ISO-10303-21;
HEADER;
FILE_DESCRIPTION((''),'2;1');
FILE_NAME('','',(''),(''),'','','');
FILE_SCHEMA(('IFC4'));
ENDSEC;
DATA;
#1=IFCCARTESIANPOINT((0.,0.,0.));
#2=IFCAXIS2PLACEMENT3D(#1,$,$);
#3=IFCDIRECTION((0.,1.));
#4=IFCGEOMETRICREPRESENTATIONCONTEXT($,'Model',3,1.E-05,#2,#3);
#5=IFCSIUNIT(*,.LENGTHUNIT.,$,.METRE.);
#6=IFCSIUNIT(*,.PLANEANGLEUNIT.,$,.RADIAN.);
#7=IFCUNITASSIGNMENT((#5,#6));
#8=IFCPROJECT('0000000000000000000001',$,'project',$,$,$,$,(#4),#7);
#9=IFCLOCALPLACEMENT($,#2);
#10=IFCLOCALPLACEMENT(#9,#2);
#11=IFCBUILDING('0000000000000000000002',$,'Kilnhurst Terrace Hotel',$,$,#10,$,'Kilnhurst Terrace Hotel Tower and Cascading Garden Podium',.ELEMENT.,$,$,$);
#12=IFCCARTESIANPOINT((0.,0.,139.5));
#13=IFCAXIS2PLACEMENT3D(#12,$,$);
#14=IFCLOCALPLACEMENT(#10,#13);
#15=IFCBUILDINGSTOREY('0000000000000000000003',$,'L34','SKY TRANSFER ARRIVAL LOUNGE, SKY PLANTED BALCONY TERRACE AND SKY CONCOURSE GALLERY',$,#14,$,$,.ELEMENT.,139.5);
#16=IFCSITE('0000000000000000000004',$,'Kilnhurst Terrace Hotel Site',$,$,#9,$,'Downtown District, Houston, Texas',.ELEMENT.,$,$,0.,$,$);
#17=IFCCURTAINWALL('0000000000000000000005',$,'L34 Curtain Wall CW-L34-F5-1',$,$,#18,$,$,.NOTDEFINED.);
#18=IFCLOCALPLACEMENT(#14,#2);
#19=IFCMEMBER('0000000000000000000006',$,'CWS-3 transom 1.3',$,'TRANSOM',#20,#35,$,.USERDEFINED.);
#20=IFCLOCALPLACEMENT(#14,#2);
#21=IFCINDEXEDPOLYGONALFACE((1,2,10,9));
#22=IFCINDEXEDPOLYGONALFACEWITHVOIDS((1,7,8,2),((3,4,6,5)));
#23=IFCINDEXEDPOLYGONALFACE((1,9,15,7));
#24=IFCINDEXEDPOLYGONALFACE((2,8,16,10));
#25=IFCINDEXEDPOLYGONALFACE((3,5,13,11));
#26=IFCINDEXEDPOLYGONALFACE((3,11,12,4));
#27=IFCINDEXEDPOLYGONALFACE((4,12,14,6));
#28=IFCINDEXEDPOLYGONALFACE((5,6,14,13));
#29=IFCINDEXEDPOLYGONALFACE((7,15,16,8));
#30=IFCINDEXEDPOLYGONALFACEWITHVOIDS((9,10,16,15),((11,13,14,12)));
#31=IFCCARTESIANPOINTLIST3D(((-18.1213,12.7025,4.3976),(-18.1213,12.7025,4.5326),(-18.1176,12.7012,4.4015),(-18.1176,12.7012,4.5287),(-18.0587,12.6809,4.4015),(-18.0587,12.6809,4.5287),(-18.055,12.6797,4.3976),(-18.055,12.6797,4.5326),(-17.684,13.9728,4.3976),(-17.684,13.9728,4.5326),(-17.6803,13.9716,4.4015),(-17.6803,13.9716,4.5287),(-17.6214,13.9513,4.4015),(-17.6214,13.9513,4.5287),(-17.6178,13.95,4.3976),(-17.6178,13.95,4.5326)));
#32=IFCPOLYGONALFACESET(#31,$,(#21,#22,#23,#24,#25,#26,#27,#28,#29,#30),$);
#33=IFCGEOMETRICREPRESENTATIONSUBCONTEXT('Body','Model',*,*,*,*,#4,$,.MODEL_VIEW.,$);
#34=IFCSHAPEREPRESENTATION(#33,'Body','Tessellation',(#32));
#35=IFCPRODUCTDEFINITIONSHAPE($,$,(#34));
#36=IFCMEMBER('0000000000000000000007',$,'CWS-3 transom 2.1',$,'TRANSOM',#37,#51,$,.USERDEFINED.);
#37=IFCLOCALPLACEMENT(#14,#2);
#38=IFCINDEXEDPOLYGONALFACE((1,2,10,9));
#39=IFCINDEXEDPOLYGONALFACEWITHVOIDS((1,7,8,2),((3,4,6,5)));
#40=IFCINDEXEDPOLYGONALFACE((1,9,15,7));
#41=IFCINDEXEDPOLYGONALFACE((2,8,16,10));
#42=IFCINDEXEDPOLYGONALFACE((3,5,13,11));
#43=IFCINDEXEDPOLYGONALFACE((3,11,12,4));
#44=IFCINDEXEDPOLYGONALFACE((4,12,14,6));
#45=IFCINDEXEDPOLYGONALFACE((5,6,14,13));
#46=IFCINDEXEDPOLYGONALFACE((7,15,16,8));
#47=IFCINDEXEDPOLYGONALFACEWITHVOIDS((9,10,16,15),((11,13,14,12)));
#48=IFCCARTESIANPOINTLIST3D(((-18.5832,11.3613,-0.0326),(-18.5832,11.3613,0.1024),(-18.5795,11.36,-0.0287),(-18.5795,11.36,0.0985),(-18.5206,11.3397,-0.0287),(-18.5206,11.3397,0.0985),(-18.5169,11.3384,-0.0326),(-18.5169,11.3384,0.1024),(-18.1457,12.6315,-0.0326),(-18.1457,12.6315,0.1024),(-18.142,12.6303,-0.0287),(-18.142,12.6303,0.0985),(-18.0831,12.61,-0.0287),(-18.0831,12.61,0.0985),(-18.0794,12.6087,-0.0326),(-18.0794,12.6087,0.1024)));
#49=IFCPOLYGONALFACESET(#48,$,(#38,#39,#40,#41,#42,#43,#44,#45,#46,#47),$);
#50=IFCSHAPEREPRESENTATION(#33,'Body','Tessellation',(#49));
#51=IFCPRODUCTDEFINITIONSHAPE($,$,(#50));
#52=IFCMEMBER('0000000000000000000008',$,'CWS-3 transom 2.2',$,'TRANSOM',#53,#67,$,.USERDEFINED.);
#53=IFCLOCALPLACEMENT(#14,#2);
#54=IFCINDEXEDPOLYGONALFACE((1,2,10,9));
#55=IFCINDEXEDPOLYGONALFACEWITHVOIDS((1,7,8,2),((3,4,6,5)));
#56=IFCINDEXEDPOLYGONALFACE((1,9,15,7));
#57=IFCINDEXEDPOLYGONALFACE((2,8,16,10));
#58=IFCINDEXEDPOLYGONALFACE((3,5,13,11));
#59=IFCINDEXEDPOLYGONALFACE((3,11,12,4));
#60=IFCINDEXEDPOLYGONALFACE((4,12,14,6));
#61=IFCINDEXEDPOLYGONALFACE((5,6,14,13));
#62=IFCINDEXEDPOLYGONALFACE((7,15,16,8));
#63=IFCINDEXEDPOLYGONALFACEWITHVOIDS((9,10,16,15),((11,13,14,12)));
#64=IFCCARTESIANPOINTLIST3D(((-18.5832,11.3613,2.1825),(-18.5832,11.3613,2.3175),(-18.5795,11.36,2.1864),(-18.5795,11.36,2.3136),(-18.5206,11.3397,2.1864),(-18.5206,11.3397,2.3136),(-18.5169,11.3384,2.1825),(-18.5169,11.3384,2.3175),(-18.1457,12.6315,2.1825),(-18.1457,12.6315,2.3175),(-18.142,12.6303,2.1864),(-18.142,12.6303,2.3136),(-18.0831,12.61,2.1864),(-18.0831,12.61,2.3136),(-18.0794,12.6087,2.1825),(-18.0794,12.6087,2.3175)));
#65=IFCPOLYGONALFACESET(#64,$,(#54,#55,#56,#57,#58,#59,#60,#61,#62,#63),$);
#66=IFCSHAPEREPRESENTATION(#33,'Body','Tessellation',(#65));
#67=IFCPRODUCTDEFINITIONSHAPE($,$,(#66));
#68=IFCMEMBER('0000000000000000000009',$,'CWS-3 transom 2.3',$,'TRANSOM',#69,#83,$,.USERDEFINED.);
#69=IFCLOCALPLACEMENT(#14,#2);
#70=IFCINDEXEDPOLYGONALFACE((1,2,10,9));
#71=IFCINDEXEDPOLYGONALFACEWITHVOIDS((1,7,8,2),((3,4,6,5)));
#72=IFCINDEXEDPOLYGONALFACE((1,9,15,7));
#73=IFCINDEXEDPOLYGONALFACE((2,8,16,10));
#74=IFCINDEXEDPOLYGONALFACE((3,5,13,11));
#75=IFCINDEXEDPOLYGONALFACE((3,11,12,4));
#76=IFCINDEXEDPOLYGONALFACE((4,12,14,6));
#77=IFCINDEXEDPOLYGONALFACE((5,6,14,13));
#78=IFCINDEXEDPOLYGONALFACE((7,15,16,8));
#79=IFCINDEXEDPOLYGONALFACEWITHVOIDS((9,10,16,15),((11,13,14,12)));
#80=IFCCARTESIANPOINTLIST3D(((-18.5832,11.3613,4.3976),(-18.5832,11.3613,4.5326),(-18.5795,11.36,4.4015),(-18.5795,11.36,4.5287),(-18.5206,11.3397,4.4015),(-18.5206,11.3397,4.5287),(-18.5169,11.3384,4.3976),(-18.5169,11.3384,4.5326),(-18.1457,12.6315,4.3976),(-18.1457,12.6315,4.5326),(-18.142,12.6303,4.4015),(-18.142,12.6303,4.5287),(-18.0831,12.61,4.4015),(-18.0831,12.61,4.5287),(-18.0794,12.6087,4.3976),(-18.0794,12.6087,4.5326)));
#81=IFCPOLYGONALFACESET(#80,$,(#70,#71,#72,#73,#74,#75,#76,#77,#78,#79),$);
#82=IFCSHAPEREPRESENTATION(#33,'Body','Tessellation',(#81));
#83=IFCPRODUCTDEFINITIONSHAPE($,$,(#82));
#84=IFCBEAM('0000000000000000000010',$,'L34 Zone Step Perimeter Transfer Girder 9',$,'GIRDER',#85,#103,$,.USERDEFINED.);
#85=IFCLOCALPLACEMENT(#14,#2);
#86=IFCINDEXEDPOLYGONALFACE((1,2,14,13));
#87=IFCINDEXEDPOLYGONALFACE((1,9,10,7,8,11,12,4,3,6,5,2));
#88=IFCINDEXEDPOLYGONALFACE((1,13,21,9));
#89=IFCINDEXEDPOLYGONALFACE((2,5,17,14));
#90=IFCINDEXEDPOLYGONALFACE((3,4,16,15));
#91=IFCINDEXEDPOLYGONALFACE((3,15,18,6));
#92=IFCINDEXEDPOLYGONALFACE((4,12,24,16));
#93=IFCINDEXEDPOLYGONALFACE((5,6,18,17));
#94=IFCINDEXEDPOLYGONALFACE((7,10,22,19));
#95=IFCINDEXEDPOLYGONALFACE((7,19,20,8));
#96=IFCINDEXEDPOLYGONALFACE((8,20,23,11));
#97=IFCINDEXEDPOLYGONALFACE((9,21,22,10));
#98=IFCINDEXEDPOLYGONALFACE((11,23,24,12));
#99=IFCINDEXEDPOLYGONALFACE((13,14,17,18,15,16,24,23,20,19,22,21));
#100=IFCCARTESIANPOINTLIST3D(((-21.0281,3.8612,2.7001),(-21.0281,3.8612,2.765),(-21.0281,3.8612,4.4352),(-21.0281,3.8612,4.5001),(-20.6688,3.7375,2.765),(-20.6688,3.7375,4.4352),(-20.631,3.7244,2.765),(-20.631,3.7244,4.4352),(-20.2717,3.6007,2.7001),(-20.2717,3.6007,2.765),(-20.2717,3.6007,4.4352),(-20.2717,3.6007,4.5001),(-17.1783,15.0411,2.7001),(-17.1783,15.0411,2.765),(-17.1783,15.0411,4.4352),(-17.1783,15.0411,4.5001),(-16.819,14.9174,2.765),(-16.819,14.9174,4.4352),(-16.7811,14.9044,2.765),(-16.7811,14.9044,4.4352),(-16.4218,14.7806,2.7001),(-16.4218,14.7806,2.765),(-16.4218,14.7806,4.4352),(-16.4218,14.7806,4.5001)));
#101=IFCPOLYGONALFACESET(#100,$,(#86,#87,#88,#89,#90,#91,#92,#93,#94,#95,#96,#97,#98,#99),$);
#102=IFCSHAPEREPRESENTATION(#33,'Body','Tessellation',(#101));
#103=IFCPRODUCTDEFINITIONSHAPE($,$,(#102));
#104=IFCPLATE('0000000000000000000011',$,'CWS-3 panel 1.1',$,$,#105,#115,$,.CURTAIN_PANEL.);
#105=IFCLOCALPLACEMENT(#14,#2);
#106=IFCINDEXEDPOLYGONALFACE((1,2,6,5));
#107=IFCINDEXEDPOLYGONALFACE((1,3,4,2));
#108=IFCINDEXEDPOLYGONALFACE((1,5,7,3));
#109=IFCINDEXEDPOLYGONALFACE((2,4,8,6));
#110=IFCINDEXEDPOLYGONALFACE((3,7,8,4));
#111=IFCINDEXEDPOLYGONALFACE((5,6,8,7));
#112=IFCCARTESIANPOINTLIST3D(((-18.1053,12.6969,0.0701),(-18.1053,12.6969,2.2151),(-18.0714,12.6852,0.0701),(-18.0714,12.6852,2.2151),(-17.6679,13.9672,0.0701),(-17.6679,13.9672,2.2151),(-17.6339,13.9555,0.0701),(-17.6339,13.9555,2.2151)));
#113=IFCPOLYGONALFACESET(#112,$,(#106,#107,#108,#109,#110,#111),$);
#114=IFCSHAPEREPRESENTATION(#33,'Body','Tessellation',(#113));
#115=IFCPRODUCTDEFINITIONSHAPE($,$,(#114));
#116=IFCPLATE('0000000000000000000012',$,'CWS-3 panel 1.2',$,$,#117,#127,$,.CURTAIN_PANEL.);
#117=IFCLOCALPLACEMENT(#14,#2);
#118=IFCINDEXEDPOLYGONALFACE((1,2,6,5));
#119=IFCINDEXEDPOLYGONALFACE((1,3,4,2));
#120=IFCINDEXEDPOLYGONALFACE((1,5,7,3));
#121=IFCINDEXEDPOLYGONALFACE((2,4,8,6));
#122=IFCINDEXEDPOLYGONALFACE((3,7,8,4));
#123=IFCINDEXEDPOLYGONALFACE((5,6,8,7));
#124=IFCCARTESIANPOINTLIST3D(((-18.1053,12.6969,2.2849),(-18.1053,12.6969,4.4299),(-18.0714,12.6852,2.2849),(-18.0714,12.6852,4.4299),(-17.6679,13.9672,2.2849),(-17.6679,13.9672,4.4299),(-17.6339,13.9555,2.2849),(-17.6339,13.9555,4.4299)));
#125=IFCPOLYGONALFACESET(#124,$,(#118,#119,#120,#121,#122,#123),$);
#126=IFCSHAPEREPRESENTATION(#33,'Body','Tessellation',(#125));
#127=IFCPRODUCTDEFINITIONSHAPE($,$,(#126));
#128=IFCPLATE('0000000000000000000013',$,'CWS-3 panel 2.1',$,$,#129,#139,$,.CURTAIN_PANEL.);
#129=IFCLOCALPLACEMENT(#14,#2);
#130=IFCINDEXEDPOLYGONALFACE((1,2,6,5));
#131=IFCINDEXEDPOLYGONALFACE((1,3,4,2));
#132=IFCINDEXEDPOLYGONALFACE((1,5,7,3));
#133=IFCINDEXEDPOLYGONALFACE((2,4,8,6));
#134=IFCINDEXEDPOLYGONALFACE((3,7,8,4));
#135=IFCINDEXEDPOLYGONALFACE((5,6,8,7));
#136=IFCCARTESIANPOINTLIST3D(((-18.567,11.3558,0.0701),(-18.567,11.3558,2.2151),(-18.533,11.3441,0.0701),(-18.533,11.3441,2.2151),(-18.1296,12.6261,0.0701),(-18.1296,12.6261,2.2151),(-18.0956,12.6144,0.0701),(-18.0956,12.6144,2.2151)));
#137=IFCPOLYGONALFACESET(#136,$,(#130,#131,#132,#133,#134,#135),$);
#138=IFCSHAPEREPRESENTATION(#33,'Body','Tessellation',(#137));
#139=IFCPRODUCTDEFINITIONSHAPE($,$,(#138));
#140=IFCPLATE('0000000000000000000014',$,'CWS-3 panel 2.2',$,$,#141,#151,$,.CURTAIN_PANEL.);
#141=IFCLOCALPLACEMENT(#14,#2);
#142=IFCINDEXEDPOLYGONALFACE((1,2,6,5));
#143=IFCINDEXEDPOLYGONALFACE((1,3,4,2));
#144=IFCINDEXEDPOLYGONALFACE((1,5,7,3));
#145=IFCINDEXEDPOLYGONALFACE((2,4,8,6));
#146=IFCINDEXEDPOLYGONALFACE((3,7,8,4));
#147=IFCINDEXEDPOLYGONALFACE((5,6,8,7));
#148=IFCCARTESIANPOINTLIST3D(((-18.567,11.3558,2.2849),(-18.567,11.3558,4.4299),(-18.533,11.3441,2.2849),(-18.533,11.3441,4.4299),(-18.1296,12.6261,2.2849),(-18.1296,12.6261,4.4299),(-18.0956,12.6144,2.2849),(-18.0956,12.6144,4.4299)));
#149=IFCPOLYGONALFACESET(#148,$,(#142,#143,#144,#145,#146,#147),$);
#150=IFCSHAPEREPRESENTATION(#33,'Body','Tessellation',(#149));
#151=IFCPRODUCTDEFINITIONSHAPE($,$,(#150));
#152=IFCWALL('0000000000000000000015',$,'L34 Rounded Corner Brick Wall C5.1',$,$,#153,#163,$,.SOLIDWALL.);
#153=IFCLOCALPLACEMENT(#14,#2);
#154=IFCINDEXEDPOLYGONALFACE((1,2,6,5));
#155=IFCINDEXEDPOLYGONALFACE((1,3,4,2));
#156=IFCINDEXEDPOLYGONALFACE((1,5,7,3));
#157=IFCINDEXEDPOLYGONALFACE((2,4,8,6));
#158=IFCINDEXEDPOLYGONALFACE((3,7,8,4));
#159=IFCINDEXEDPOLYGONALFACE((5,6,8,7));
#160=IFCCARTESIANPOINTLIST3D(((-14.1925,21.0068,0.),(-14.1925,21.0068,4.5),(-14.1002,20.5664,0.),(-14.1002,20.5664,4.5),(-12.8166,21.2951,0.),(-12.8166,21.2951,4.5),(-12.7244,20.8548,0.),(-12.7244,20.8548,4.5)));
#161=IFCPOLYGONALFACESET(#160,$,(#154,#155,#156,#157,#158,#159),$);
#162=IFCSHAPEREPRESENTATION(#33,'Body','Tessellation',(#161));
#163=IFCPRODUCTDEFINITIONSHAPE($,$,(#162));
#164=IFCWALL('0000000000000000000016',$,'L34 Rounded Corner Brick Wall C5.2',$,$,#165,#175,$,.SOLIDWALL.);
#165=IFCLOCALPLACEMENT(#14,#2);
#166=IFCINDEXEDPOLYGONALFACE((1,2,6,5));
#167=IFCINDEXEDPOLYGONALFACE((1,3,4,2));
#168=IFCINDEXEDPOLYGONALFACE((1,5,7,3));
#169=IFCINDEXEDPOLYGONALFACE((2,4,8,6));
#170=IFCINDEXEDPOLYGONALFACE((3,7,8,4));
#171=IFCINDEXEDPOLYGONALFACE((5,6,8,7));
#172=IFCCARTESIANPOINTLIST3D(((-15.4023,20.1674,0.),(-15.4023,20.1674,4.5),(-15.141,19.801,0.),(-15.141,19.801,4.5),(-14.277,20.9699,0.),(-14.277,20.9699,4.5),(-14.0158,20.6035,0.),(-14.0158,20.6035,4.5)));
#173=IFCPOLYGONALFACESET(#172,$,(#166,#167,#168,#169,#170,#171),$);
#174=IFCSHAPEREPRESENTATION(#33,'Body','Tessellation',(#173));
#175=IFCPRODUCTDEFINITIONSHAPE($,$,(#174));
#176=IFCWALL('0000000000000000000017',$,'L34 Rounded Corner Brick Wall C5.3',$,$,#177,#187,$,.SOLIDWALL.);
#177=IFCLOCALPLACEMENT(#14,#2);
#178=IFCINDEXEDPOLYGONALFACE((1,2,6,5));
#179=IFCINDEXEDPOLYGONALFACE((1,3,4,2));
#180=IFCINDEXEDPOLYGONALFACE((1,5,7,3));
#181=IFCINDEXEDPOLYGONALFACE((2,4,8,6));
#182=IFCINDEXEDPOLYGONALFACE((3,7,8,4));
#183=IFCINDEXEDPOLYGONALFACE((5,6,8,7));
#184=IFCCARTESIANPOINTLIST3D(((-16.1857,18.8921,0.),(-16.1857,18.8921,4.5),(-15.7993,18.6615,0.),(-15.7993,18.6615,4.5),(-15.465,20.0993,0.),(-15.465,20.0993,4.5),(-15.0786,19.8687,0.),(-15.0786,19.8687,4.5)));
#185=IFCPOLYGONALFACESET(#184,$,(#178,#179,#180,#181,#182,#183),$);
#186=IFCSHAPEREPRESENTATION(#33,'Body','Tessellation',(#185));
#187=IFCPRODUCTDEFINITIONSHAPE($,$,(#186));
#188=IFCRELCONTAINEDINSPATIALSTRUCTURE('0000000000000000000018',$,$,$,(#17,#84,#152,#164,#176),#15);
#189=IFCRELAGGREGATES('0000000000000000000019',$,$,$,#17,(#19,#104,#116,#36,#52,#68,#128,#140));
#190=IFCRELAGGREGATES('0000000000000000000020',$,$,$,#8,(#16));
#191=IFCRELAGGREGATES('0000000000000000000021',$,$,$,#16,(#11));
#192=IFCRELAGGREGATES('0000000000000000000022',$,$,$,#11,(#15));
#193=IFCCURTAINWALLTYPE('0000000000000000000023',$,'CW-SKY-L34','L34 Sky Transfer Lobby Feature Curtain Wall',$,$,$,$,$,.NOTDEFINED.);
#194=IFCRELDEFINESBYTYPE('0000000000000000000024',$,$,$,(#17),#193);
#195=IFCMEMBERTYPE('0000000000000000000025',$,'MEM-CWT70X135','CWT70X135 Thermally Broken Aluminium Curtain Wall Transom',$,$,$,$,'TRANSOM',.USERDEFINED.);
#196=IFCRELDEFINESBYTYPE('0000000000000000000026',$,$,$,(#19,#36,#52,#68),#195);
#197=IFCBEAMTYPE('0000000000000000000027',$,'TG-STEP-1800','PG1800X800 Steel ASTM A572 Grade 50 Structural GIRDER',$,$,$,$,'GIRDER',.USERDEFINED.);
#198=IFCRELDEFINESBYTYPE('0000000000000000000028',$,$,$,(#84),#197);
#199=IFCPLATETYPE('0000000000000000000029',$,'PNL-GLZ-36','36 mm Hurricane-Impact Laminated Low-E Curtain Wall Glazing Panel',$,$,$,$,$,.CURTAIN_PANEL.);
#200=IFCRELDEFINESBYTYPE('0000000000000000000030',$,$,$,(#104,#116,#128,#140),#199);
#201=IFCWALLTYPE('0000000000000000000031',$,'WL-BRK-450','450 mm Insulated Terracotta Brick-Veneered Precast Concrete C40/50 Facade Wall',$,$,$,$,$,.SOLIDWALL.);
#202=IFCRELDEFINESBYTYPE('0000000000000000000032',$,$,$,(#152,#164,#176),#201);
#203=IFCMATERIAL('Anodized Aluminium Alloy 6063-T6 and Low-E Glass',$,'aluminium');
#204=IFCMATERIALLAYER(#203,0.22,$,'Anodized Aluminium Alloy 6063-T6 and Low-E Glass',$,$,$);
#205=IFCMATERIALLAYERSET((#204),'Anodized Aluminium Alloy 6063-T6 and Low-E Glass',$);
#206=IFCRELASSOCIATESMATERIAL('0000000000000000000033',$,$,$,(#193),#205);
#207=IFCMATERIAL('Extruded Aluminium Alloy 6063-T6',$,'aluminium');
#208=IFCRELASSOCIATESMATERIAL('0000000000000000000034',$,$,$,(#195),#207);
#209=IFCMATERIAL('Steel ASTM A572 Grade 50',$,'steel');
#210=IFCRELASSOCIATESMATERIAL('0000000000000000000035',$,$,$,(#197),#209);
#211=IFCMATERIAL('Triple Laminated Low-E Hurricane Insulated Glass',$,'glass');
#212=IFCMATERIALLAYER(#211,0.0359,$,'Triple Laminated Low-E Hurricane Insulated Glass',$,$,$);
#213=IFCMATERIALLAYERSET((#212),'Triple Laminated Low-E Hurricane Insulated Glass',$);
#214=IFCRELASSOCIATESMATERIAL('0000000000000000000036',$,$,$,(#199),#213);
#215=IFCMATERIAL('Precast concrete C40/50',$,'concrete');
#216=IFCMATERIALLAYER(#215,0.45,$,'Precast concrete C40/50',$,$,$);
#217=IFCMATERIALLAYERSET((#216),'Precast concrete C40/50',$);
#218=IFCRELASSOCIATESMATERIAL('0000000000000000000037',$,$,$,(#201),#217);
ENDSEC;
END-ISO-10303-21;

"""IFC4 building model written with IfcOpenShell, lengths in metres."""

from ifc_helpers import new_model, si_unit, direction, frame, frame_2d, origin, origin_2d, place, context, subcontext, project, spatial, rectangle, hollow_rectangle, i_section, extrude, material, layer, layer_set, material_profile, profile_set, type_object, element, aggregate, save


model = new_model("IFC4")

# Units and contexts
model_context = context("Model", 3, precision=1e-05, world=origin(), true_north=direction((0.0, 1.0)))
body_context = subcontext(model_context, "Body", "Model", "MODEL_VIEW")
ifc_project = project(units=[si_unit("LENGTHUNIT", "METRE"), si_unit("PLANEANGLEUNIT", "RADIAN")], contexts=[model_context])

# Site, building, storey
site_placement = place(None, origin())
site = spatial("IfcSite", under=ifc_project, at=site_placement, Name="Kilnhurst Terrace Hotel Site", LongName="Downtown District, Houston, Texas", CompositionType="ELEMENT", RefElevation=0.0)
building_placement = place(site_placement, origin())
building = spatial("IfcBuilding", under=site, at=building_placement, Name="Kilnhurst Terrace Hotel", LongName="Kilnhurst Terrace Hotel Tower and Cascading Garden Podium", CompositionType="ELEMENT")
storey_placement = place(building_placement, frame((0.0, 0.0, 139.5)))
storey = spatial("IfcBuildingStorey", under=building, at=storey_placement, Name="L34", Description="SKY TRANSFER ARRIVAL LOUNGE, SKY PLANTED BALCONY TERRACE AND SKY CONCOURSE GALLERY", CompositionType="ELEMENT", Elevation=139.5)

# Curtain wall
ifc_material_1 = material(Name="Anodized Aluminium Alloy 6063-T6 and Low-E Glass", Category="aluminium")
ifc_layer_1 = layer(ifc_material_1, 0.22, Name="Anodized Aluminium Alloy 6063-T6 and Low-E Glass")
ifc_layer_set_1 = layer_set([ifc_layer_1], Name="Anodized Aluminium Alloy 6063-T6 and Low-E Glass")
curtain_wall_type = type_object("IfcCurtainWallType", Name="CW-SKY-L34", Description="L34 Sky Transfer Lobby Feature Curtain Wall", PredefinedType="NOTDEFINED", material=ifc_layer_set_1)
curtain_wall_1_placement = place(storey_placement, origin())
curtain_wall_1 = element("IfcCurtainWall", 1, at=curtain_wall_1_placement, inside=storey, type_object=curtain_wall_type, Name="L34 Curtain Wall CW-L34-F5-1", PredefinedType="NOTDEFINED")
ifc_material_2 = material(Name="Extruded Aluminium Alloy 6063-T6", Category="aluminium")

# Members
ifc_material_profile_1 = material_profile(ifc_material_2, hollow_rectangle(XDim=0.0701, YDim=0.135, WallThickness=0.0039, at=origin_2d()), Name="CWT70X135")
ifc_profile_set_1 = profile_set([ifc_material_profile_1], Name="Extruded Aluminium Alloy 6063-T6")
member_type_1 = type_object("IfcMemberType", Name="MEM-CWT70X135", Description="CWT70X135 Thermally Broken Aluminium Curtain Wall Transom", ElementType="TRANSOM", PredefinedType="USERDEFINED", material=ifc_profile_set_1)
member_1_placement = place(storey_placement, frame((-17.6509, 13.9614, 4.4651), z_axis=(-0.325481, -0.945549, 0.0), x_axis=(0.945549, -0.325481, 0.0)))
member_1 = element("IfcMember", 2, at=member_1_placement, type_object=member_type_1, Name="CWS-3 transom 1.3", ObjectType="TRANSOM", PredefinedType="USERDEFINED", context=body_context, shape_type="SweptSolid", body=[
    extrude(hollow_rectangle(XDim=0.0701, YDim=0.135, WallThickness=0.0039, at=origin_2d()), origin(), (0.0, 0.0, 1.0), 1.3435),
])
member_2_placement = place(storey_placement, frame((-18.1125, 12.6201, 0.0349), z_axis=(-0.325643, -0.945493, 0.0), x_axis=(0.945493, -0.325643, 0.0)))
member_2 = element("IfcMember", 3, at=member_2_placement, type_object=member_type_1, Name="CWS-3 transom 2.1", ObjectType="TRANSOM", PredefinedType="USERDEFINED", context=body_context, shape_type="SweptSolid", body=[
    extrude(hollow_rectangle(XDim=0.0701, YDim=0.135, WallThickness=0.0039, at=origin_2d()), origin(), (0.0, 0.0, 1.0), 1.3435),
])
member_3_placement = place(storey_placement, frame((-18.1125, 12.6201, 2.25), z_axis=(-0.325643, -0.945493, 0.0), x_axis=(0.945493, -0.325643, 0.0)))
member_3 = element("IfcMember", 4, at=member_3_placement, type_object=member_type_1, Name="CWS-3 transom 2.2", ObjectType="TRANSOM", PredefinedType="USERDEFINED", context=body_context, shape_type="SweptSolid", body=[
    extrude(hollow_rectangle(XDim=0.0701, YDim=0.135, WallThickness=0.0039, at=origin_2d()), origin(), (0.0, 0.0, 1.0), 1.3435),
])
member_4_placement = place(storey_placement, frame((-18.1125, 12.6201, 4.4651), z_axis=(-0.325643, -0.945493, 0.0), x_axis=(0.945493, -0.325643, 0.0)))
member_4 = element("IfcMember", 5, at=member_4_placement, type_object=member_type_1, Name="CWS-3 transom 2.3", ObjectType="TRANSOM", PredefinedType="USERDEFINED", context=body_context, shape_type="SweptSolid", body=[
    extrude(hollow_rectangle(XDim=0.0701, YDim=0.135, WallThickness=0.0039, at=origin_2d()), origin(), (0.0, 0.0, 1.0), 1.3435),
])

# Beam
ifc_material_3 = material(Name="Steel ASTM A572 Grade 50", Category="steel")
ifc_material_profile_2 = material_profile(ifc_material_3, i_section(OverallWidth=0.8, OverallDepth=1.8, WebThickness=0.04, FlangeThickness=0.0649, at=origin_2d()), Name="PG1800X800")
ifc_profile_set_2 = profile_set([ifc_material_profile_2], Name="Steel ASTM A572 Grade 50")
beam_type_1 = type_object("IfcBeamType", Name="TG-STEP-1800", Description="PG1800X800 Steel ASTM A572 Grade 50 Structural GIRDER", ElementType="GIRDER", PredefinedType="USERDEFINED", material=ifc_profile_set_2)
beam_1_placement = place(storey_placement, frame((-16.8, 14.9109, 3.6001), z_axis=(-0.32559, -0.945511, 0.0), x_axis=(0.945511, -0.32559, 0.0)))
element("IfcBeam", 6, at=beam_1_placement, inside=storey, type_object=beam_type_1, Name="L34 Zone Step Perimeter Transfer Girder 9", ObjectType="GIRDER", PredefinedType="USERDEFINED", context=body_context, shape_type="SweptSolid", body=[
    extrude(i_section(OverallWidth=0.8, OverallDepth=1.8, WebThickness=0.04, FlangeThickness=0.0649, at=origin_2d()), origin(), (0.0, 0.0, 1.0), 11.8242),
])

# Plates
ifc_material_4 = material(Name="Triple Laminated Low-E Hurricane Insulated Glass", Category="glass")
ifc_layer_2 = layer(ifc_material_4, 0.0359, Name="Triple Laminated Low-E Hurricane Insulated Glass")
ifc_layer_set_2 = layer_set([ifc_layer_2], Name="Triple Laminated Low-E Hurricane Insulated Glass")
plate_type = type_object("IfcPlateType", Name="PNL-GLZ-36", Description="36 mm Hurricane-Impact Laminated Low-E Curtain Wall Glazing Panel", PredefinedType="CURTAIN_PANEL", material=ifc_layer_set_2)
plate_1_placement = place(storey_placement, frame((-17.8696, 13.3262, 0.0701), z_axis=(0.0, 0.0, 1.0), x_axis=(-0.325587, -0.945512, 0.0)))
plate_1 = element("IfcPlate", 7, at=plate_1_placement, type_object=plate_type, Name="CWS-3 panel 1.1", PredefinedType="CURTAIN_PANEL", context=body_context, shape_type="SweptSolid", body=[
    extrude(rectangle(XDim=1.3435, YDim=0.0359, at=origin_2d()), origin(), (0.0, 0.0, 1.0), 2.145),
])
plate_2_placement = place(storey_placement, frame((-17.8696, 13.3262, 2.2849), z_axis=(0.0, 0.0, 1.0), x_axis=(-0.325587, -0.945512, 0.0)))
plate_2 = element("IfcPlate", 8, at=plate_2_placement, type_object=plate_type, Name="CWS-3 panel 1.2", PredefinedType="CURTAIN_PANEL", context=body_context, shape_type="SweptSolid", body=[
    extrude(rectangle(XDim=1.3435, YDim=0.0359, at=origin_2d()), origin(), (0.0, 0.0, 1.0), 2.145),
])
plate_3_placement = place(storey_placement, frame((-18.3313, 11.9851, 0.0701), z_axis=(0.0, 0.0, 1.0), x_axis=(-0.325587, -0.945512, 0.0)))
plate_3 = element("IfcPlate", 9, at=plate_3_placement, type_object=plate_type, Name="CWS-3 panel 2.1", PredefinedType="CURTAIN_PANEL", context=body_context, shape_type="SweptSolid", body=[
    extrude(rectangle(XDim=1.3435, YDim=0.0359, at=origin_2d()), origin(), (0.0, 0.0, 1.0), 2.145),
])
plate_4_placement = place(storey_placement, frame((-18.3313, 11.9851, 2.2849), z_axis=(0.0, 0.0, 1.0), x_axis=(-0.325587, -0.945512, 0.0)))
plate_4 = element("IfcPlate", 10, at=plate_4_placement, type_object=plate_type, Name="CWS-3 panel 2.2", PredefinedType="CURTAIN_PANEL", context=body_context, shape_type="SweptSolid", body=[
    extrude(rectangle(XDim=1.3435, YDim=0.0359, at=origin_2d()), origin(), (0.0, 0.0, 1.0), 2.145),
])
aggregate(curtain_wall_1, [member_1, plate_1, plate_2, member_2, member_3, member_4, plate_3, plate_4])

# Walls
ifc_material_5 = material(Name="Precast concrete C40/50", Category="concrete")
ifc_layer_3 = layer(ifc_material_5, 0.45, Name="Precast concrete C40/50")
ifc_layer_set_3 = layer_set([ifc_layer_3], Name="Precast concrete C40/50")
wall_type_1 = type_object("IfcWallType", Name="WL-BRK-450", Description="450 mm Insulated Terracotta Brick-Veneered Precast Concrete C40/50 Facade Wall", PredefinedType="SOLIDWALL", material=ifc_layer_set_3)
wall_1_placement = place(storey_placement, frame((-12.7705, 21.075, 0.0), z_axis=(0.0, 0.0, 1.0), x_axis=(-0.978743, -0.205091, 0.0)))
element("IfcWall", 11, at=wall_1_placement, inside=storey, type_object=wall_type_1, Name="L34 Rounded Corner Brick Wall C5.1", PredefinedType="SOLIDWALL", context=body_context, shape_type="SweptSolid", body=[
    extrude(rectangle(XDim=1.4058, YDim=0.45, at=frame_2d((0.7029, 0.0))), origin(), (0.0, 0.0, 1.0), 4.5),
])
wall_2_placement = place(storey_placement, frame((-14.1465, 20.7866, 0.0), z_axis=(0.0, 0.0, 1.0), x_axis=(-0.814163, -0.580636, 0.0)))
element("IfcWall", 12, at=wall_2_placement, inside=storey, type_object=wall_type_1, Name="L34 Rounded Corner Brick Wall C5.2", PredefinedType="SOLIDWALL", context=body_context, shape_type="SweptSolid", body=[
    extrude(rectangle(XDim=1.3821, YDim=0.45, at=frame_2d((0.6909, 0.0))), origin(), (0.0, 0.0, 1.0), 4.5),
])
wall_3_placement = place(storey_placement, frame((-15.2717, 19.9841, 0.0), z_axis=(0.0, 0.0, 1.0), x_axis=(-0.512579, -0.85864, 0.0)))
element("IfcWall", 13, at=wall_3_placement, inside=storey, type_object=wall_type_1, Name="L34 Rounded Corner Brick Wall C5.3", PredefinedType="SOLIDWALL", context=body_context, shape_type="SweptSolid", body=[
    extrude(rectangle(XDim=1.406, YDim=0.45, at=frame_2d((0.7031, 0.0))), origin(), (0.0, 0.0, 1.0), 4.5),
])

save(model, "model.ifc")
